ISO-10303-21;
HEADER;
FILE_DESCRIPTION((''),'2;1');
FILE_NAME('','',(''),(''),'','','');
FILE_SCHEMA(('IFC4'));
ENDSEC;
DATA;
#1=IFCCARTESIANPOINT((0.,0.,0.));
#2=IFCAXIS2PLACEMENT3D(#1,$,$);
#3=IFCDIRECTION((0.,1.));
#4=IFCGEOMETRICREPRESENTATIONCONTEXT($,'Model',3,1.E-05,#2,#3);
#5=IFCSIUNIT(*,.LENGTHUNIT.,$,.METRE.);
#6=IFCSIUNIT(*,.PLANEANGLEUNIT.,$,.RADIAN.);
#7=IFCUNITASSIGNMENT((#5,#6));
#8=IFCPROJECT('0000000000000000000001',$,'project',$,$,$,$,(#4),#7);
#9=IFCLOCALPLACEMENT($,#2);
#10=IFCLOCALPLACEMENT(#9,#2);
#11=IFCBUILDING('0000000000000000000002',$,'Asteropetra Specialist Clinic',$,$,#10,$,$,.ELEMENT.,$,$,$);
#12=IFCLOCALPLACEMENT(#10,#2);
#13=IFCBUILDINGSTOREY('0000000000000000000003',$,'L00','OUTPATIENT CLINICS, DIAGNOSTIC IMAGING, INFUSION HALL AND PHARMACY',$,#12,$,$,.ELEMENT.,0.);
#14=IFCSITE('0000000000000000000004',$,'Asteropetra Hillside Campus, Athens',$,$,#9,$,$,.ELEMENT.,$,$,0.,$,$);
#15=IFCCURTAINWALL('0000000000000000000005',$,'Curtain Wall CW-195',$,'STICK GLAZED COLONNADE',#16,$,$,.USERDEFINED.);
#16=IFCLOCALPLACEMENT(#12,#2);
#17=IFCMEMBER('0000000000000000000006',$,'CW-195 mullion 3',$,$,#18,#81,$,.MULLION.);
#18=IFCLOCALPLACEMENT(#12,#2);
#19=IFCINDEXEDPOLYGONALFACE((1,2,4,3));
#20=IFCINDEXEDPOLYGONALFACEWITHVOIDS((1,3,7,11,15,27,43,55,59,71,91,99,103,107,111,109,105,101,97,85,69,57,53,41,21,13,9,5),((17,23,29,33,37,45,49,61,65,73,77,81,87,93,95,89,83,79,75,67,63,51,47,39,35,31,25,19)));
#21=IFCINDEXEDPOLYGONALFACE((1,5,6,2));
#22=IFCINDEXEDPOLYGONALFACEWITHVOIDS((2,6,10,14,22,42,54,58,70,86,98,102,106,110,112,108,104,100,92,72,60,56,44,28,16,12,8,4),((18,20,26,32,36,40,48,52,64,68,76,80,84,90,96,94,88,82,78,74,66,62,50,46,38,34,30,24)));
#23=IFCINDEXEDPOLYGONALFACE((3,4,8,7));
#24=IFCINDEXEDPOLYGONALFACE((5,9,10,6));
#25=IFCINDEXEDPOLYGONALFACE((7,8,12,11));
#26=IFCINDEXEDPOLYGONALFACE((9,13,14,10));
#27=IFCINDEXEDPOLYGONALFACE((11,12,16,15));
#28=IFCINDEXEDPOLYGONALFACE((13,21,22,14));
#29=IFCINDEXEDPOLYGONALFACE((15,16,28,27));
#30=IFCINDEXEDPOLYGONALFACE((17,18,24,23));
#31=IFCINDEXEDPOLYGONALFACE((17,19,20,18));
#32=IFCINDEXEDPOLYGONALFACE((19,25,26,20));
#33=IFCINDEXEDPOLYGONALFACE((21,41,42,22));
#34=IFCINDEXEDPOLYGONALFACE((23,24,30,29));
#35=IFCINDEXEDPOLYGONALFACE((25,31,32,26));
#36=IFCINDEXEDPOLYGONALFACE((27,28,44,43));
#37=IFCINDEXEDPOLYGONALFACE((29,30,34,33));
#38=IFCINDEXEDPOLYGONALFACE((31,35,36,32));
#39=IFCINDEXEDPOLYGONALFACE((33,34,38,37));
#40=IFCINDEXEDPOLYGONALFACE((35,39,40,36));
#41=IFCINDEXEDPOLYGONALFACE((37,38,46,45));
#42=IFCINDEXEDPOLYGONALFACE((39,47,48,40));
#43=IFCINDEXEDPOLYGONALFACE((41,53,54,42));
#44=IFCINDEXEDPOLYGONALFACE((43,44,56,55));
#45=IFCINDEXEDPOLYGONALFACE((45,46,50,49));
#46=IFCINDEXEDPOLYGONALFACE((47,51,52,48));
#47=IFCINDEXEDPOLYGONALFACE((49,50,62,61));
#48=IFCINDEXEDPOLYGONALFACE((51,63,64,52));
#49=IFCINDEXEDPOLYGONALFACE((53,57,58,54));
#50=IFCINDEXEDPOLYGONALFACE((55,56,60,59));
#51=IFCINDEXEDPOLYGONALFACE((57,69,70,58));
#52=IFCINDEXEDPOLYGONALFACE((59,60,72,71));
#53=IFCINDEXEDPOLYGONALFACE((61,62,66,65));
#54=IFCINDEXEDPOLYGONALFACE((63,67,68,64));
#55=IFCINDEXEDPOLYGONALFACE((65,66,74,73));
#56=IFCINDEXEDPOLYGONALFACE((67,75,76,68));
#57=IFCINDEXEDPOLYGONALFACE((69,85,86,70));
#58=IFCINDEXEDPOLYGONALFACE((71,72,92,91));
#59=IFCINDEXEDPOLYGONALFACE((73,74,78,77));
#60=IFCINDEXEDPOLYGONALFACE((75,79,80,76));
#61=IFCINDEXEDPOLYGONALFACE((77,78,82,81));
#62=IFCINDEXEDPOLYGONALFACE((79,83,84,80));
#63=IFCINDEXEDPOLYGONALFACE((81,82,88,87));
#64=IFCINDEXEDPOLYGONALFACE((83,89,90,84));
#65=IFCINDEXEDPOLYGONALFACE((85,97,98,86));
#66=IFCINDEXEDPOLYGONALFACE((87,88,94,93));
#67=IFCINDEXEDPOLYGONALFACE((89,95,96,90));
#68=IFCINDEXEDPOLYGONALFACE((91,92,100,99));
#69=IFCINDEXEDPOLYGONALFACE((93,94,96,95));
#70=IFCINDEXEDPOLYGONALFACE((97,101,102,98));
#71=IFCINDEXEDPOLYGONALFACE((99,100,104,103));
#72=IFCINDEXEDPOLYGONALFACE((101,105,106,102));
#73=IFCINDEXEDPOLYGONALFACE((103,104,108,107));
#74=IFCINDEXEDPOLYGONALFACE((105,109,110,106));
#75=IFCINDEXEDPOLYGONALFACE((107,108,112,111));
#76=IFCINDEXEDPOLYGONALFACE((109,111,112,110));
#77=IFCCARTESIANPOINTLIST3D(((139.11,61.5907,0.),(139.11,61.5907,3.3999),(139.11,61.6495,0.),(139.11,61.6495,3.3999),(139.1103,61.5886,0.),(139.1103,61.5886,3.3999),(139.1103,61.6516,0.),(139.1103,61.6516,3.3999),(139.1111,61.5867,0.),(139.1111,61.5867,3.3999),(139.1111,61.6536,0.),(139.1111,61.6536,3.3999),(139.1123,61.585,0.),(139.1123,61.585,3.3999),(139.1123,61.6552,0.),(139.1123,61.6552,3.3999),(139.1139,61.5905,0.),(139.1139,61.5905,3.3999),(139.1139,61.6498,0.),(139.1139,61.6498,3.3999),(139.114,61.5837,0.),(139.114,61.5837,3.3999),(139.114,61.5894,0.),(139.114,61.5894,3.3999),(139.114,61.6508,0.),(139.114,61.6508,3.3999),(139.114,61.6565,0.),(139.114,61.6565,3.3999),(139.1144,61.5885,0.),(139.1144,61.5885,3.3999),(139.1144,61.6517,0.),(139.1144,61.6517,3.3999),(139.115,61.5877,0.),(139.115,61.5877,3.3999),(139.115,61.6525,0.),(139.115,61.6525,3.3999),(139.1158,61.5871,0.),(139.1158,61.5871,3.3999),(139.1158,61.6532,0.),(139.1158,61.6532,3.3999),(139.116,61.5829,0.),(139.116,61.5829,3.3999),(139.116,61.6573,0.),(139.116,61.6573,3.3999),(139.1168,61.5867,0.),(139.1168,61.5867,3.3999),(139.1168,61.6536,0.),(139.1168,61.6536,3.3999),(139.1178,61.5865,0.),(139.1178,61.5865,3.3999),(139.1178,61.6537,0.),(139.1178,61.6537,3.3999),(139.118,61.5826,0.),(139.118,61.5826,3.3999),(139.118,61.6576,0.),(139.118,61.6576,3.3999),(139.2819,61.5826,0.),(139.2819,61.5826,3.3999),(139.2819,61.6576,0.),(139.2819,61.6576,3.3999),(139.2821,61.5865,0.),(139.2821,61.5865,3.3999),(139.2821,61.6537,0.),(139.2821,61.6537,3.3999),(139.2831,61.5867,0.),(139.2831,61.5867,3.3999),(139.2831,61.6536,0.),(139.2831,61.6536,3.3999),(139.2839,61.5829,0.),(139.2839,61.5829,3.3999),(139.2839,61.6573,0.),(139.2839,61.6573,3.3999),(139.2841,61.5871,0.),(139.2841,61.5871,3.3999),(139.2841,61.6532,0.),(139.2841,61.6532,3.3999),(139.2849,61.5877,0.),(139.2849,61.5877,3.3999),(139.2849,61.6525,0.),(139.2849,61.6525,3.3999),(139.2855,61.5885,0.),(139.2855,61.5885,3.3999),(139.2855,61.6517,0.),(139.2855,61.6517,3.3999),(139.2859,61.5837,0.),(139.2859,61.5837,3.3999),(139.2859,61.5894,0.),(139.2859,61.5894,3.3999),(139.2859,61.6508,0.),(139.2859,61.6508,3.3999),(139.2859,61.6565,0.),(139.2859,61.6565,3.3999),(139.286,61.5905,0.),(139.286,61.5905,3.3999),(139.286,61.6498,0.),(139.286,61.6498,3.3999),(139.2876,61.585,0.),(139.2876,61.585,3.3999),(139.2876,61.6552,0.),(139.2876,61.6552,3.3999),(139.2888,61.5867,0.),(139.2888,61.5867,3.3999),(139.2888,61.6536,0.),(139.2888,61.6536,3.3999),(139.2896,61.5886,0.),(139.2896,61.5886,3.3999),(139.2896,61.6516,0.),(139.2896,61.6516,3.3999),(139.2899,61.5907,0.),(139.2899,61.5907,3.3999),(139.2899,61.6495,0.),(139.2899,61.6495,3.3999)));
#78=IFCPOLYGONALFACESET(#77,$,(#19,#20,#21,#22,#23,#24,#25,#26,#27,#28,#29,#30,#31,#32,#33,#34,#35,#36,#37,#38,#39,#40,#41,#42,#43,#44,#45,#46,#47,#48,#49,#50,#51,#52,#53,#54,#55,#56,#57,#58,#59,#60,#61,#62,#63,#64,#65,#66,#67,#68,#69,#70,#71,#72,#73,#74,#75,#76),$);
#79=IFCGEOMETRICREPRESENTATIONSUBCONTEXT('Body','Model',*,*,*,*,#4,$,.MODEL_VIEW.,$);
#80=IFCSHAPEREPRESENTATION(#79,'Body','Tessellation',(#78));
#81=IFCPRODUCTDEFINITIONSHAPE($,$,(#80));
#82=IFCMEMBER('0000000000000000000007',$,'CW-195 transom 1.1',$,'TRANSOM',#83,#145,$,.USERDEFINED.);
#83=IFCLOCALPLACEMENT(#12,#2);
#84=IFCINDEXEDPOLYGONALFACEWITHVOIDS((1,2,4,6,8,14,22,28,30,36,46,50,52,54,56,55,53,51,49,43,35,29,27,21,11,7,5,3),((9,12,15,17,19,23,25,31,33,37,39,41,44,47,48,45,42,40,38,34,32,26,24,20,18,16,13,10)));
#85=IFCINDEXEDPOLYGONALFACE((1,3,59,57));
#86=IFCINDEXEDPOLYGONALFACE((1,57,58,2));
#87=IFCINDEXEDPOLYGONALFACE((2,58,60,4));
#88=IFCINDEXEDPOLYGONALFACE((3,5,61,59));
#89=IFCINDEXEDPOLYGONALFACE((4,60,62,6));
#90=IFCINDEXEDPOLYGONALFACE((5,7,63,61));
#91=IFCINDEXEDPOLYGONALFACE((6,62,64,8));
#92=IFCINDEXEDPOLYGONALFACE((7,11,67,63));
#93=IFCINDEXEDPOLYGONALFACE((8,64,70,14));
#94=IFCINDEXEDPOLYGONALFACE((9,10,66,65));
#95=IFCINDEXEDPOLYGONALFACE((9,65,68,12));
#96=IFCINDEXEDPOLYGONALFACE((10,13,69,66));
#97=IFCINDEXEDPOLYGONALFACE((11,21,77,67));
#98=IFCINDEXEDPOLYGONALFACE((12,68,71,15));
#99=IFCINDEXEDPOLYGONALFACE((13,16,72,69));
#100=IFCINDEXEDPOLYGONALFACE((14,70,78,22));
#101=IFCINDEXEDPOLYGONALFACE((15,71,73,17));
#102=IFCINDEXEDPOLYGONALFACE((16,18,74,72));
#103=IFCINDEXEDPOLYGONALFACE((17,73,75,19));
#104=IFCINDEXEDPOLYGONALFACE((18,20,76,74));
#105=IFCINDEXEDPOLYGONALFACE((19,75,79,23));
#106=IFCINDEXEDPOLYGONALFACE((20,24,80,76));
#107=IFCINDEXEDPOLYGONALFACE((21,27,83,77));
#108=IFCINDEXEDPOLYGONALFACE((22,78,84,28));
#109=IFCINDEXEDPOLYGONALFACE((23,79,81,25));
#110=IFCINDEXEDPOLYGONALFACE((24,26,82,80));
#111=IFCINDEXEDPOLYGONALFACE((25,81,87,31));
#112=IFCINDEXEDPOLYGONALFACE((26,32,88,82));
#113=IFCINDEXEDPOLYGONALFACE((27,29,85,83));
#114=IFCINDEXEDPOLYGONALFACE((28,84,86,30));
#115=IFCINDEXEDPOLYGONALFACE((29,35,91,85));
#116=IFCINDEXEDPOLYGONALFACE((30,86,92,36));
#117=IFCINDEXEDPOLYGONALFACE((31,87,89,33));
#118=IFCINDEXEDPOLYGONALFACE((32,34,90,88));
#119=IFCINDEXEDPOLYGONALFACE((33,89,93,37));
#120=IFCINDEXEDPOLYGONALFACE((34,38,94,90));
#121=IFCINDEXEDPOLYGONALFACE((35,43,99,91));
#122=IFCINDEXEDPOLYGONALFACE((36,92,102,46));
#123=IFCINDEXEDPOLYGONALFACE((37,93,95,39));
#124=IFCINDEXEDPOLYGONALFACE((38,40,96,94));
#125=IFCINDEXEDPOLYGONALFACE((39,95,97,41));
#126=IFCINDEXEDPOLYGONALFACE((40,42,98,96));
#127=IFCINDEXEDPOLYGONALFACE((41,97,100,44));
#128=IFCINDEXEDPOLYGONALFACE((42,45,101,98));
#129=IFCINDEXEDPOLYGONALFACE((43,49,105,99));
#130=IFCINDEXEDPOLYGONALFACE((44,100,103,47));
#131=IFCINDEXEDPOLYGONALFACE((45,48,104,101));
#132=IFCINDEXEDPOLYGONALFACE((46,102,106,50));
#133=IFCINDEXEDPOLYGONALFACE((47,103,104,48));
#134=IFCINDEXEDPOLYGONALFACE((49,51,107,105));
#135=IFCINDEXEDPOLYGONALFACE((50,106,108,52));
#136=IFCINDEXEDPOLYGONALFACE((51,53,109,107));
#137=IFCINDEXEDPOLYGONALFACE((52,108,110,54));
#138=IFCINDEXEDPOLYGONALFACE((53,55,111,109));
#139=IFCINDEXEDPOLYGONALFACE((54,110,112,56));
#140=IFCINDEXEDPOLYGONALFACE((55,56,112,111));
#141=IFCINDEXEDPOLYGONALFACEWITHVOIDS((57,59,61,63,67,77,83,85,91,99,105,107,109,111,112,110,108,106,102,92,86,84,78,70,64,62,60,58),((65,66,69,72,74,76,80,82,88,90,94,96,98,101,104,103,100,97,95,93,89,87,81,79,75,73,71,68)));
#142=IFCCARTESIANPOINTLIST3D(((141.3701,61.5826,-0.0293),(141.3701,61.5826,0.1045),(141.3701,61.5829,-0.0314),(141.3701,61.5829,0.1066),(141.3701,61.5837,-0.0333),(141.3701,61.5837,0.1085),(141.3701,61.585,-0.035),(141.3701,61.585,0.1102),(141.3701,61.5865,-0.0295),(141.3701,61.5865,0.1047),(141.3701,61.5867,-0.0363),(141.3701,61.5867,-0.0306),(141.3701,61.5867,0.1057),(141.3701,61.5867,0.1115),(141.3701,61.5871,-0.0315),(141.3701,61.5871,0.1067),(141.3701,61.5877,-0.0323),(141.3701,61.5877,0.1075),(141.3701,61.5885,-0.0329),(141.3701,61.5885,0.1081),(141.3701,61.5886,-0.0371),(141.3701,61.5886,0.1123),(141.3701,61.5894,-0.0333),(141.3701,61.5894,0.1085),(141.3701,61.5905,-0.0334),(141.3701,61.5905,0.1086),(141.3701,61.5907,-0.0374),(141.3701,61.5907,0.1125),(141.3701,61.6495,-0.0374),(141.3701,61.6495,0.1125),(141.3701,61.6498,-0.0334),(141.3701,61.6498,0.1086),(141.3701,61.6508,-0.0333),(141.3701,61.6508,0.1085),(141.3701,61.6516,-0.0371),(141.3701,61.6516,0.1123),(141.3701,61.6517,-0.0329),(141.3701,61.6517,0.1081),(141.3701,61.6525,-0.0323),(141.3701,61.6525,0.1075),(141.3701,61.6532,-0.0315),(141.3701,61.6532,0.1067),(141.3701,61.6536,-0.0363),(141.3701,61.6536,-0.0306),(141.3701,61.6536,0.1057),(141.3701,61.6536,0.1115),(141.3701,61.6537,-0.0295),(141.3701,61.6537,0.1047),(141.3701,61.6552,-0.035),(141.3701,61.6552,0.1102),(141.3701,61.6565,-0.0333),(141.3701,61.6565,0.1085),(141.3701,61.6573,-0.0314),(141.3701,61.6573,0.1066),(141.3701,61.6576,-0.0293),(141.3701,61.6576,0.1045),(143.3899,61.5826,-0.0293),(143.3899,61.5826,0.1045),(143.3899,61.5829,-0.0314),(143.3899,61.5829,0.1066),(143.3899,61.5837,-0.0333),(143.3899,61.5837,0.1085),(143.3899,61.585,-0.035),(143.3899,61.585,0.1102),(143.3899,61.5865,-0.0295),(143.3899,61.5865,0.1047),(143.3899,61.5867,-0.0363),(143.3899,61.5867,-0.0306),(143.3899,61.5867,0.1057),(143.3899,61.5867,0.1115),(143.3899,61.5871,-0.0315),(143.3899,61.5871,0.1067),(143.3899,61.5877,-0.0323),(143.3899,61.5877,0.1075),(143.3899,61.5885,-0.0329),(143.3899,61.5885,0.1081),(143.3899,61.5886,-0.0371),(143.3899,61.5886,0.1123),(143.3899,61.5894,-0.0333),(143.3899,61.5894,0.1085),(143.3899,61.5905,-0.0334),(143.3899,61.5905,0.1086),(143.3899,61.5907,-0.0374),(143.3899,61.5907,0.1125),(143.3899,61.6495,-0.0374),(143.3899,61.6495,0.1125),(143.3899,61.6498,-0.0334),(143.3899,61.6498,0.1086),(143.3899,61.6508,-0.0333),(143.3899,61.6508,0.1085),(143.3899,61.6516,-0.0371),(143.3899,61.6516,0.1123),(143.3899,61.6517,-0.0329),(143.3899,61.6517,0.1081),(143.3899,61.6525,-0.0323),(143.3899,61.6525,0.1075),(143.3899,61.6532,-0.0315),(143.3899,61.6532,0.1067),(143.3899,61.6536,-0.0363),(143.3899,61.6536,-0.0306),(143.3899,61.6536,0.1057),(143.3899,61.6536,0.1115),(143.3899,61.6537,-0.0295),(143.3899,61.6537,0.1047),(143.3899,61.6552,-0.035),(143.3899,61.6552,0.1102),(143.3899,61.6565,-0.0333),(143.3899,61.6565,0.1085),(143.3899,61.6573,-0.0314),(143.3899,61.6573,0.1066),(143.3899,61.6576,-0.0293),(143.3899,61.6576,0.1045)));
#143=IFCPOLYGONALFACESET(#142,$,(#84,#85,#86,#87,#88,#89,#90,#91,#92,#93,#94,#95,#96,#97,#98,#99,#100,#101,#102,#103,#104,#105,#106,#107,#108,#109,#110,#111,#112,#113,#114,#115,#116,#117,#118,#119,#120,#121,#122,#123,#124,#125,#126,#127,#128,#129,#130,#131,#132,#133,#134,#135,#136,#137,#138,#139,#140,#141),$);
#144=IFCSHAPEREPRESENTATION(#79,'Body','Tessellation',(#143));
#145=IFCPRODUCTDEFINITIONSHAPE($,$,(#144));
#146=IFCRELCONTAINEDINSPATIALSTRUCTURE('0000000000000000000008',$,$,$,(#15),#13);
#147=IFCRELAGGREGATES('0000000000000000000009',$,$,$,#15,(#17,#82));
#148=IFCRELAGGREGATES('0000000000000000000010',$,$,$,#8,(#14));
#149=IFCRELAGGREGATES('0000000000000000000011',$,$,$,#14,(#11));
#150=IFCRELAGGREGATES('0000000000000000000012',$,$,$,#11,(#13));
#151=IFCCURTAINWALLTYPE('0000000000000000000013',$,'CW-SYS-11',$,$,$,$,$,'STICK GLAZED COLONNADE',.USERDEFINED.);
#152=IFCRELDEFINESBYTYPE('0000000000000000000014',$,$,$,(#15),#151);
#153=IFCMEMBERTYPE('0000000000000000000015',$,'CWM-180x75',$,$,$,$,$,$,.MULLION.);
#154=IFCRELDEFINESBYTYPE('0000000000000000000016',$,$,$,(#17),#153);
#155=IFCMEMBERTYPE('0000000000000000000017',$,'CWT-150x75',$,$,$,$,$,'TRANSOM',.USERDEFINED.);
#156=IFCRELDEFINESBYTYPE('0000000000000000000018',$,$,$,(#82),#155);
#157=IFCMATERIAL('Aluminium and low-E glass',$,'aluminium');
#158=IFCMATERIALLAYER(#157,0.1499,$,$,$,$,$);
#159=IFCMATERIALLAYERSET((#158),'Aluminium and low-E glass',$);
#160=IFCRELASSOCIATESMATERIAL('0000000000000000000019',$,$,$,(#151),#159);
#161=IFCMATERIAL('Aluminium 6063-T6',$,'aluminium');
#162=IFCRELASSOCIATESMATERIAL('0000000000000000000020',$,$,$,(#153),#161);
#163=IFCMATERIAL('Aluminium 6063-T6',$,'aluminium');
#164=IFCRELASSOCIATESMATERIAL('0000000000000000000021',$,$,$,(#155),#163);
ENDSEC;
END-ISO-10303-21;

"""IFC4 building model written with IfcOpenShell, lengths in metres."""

from ifc_helpers import new_model, si_unit, direction, frame, origin, origin_2d, place, context, subcontext, project, spatial, hollow_rectangle, extrude, material, layer, layer_set, material_profile, profile_set, type_object, element, aggregate, save


model = new_model("IFC4")

# Units and contexts
model_context = context("Model", 3, precision=1e-05, world=origin(), true_north=direction((0.0, 1.0)))
body_context = subcontext(model_context, "Body", "Model", "MODEL_VIEW")
ifc_project = project(units=[si_unit("LENGTHUNIT", "METRE"), si_unit("PLANEANGLEUNIT", "RADIAN")], contexts=[model_context])

# Site, building, storey
site_placement = place(None, origin())
site = spatial("IfcSite", under=ifc_project, at=site_placement, Name="Asteropetra Hillside Campus, Athens", CompositionType="ELEMENT", RefElevation=0.0)
building_placement = place(site_placement, origin())
building = spatial("IfcBuilding", under=site, at=building_placement, Name="Asteropetra Specialist Clinic", CompositionType="ELEMENT")
storey_placement = place(building_placement, origin())
storey = spatial("IfcBuildingStorey", under=building, at=storey_placement, Name="L00", Description="OUTPATIENT CLINICS, DIAGNOSTIC IMAGING, INFUSION HALL AND PHARMACY", CompositionType="ELEMENT", Elevation=0.0)

# Curtain wall, members
ifc_material_1 = material(Name="Aluminium and low-E glass", Category="aluminium")
ifc_layer_1 = layer(ifc_material_1, 0.1499)
ifc_layer_set_1 = layer_set([ifc_layer_1], Name="Aluminium and low-E glass")
curtain_wall_type = type_object("IfcCurtainWallType", Name="CW-SYS-11", ElementType="STICK GLAZED COLONNADE", PredefinedType="USERDEFINED", material=ifc_layer_set_1)
curtain_wall_placement = place(storey_placement, origin())
curtain_wall = element("IfcCurtainWall", 1, at=curtain_wall_placement, inside=storey, type_object=curtain_wall_type, Name="Curtain Wall CW-195", ObjectType="STICK GLAZED COLONNADE", PredefinedType="USERDEFINED")
ifc_material_2 = material(Name="Aluminium 6063-T6", Category="aluminium")
ifc_material_profile_1 = material_profile(ifc_material_2, hollow_rectangle(XDim=0.075, YDim=0.1799, WallThickness=0.0039, InnerFilletRadius=0.0039, OuterFilletRadius=0.0081, at=origin_2d()), Name="MUL 180x75x4.0")
ifc_profile_set_1 = profile_set([ifc_material_profile_1], Name="Aluminium 6063-T6")
member_type_1 = type_object("IfcMemberType", Name="CWM-180x75", PredefinedType="MULLION", material=ifc_profile_set_1)
member_1_placement = place(storey_placement, frame((139.2, 61.6201, 0.0), z_axis=(0.0, 0.0, 1.0), x_axis=(0.0, -1.0, 0.0)))
member_1 = element("IfcMember", 2, at=member_1_placement, type_object=member_type_1, Name="CW-195 mullion 3", PredefinedType="MULLION", context=body_context, shape_type="SweptSolid", body=[
    extrude(hollow_rectangle(XDim=0.075, YDim=0.1799, WallThickness=0.0039, InnerFilletRadius=0.0039, OuterFilletRadius=0.0081, at=origin_2d()), origin(), (0.0, 0.0, 1.0), 3.3999),
])
ifc_material_3 = material(Name="Aluminium 6063-T6", Category="aluminium")
ifc_material_profile_2 = material_profile(ifc_material_3, hollow_rectangle(XDim=0.075, YDim=0.1499, WallThickness=0.0039, InnerFilletRadius=0.0039, OuterFilletRadius=0.0081, at=origin_2d()), Name="TRN 150x75x4.0")
ifc_profile_set_2 = profile_set([ifc_material_profile_2], Name="Aluminium 6063-T6")
member_type_2 = type_object("IfcMemberType", Name="CWT-150x75", ElementType="TRANSOM", PredefinedType="USERDEFINED", material=ifc_profile_set_2)
member_2_placement = place(storey_placement, frame((143.3899, 61.6201, 0.0376), z_axis=(-1.0, 0.0, 0.0), x_axis=(0.0, -1.0, 0.0)))
member_2 = element("IfcMember", 3, at=member_2_placement, type_object=member_type_2, Name="CW-195 transom 1.1", ObjectType="TRANSOM", PredefinedType="USERDEFINED", context=body_context, shape_type="SweptSolid", body=[
    extrude(hollow_rectangle(XDim=0.075, YDim=0.1499, WallThickness=0.0039, InnerFilletRadius=0.0039, OuterFilletRadius=0.0081, at=origin_2d()), origin(), (0.0, 0.0, 1.0), 2.0198),
])
aggregate(curtain_wall, [member_1, member_2])

save(model, "model.ifc")
